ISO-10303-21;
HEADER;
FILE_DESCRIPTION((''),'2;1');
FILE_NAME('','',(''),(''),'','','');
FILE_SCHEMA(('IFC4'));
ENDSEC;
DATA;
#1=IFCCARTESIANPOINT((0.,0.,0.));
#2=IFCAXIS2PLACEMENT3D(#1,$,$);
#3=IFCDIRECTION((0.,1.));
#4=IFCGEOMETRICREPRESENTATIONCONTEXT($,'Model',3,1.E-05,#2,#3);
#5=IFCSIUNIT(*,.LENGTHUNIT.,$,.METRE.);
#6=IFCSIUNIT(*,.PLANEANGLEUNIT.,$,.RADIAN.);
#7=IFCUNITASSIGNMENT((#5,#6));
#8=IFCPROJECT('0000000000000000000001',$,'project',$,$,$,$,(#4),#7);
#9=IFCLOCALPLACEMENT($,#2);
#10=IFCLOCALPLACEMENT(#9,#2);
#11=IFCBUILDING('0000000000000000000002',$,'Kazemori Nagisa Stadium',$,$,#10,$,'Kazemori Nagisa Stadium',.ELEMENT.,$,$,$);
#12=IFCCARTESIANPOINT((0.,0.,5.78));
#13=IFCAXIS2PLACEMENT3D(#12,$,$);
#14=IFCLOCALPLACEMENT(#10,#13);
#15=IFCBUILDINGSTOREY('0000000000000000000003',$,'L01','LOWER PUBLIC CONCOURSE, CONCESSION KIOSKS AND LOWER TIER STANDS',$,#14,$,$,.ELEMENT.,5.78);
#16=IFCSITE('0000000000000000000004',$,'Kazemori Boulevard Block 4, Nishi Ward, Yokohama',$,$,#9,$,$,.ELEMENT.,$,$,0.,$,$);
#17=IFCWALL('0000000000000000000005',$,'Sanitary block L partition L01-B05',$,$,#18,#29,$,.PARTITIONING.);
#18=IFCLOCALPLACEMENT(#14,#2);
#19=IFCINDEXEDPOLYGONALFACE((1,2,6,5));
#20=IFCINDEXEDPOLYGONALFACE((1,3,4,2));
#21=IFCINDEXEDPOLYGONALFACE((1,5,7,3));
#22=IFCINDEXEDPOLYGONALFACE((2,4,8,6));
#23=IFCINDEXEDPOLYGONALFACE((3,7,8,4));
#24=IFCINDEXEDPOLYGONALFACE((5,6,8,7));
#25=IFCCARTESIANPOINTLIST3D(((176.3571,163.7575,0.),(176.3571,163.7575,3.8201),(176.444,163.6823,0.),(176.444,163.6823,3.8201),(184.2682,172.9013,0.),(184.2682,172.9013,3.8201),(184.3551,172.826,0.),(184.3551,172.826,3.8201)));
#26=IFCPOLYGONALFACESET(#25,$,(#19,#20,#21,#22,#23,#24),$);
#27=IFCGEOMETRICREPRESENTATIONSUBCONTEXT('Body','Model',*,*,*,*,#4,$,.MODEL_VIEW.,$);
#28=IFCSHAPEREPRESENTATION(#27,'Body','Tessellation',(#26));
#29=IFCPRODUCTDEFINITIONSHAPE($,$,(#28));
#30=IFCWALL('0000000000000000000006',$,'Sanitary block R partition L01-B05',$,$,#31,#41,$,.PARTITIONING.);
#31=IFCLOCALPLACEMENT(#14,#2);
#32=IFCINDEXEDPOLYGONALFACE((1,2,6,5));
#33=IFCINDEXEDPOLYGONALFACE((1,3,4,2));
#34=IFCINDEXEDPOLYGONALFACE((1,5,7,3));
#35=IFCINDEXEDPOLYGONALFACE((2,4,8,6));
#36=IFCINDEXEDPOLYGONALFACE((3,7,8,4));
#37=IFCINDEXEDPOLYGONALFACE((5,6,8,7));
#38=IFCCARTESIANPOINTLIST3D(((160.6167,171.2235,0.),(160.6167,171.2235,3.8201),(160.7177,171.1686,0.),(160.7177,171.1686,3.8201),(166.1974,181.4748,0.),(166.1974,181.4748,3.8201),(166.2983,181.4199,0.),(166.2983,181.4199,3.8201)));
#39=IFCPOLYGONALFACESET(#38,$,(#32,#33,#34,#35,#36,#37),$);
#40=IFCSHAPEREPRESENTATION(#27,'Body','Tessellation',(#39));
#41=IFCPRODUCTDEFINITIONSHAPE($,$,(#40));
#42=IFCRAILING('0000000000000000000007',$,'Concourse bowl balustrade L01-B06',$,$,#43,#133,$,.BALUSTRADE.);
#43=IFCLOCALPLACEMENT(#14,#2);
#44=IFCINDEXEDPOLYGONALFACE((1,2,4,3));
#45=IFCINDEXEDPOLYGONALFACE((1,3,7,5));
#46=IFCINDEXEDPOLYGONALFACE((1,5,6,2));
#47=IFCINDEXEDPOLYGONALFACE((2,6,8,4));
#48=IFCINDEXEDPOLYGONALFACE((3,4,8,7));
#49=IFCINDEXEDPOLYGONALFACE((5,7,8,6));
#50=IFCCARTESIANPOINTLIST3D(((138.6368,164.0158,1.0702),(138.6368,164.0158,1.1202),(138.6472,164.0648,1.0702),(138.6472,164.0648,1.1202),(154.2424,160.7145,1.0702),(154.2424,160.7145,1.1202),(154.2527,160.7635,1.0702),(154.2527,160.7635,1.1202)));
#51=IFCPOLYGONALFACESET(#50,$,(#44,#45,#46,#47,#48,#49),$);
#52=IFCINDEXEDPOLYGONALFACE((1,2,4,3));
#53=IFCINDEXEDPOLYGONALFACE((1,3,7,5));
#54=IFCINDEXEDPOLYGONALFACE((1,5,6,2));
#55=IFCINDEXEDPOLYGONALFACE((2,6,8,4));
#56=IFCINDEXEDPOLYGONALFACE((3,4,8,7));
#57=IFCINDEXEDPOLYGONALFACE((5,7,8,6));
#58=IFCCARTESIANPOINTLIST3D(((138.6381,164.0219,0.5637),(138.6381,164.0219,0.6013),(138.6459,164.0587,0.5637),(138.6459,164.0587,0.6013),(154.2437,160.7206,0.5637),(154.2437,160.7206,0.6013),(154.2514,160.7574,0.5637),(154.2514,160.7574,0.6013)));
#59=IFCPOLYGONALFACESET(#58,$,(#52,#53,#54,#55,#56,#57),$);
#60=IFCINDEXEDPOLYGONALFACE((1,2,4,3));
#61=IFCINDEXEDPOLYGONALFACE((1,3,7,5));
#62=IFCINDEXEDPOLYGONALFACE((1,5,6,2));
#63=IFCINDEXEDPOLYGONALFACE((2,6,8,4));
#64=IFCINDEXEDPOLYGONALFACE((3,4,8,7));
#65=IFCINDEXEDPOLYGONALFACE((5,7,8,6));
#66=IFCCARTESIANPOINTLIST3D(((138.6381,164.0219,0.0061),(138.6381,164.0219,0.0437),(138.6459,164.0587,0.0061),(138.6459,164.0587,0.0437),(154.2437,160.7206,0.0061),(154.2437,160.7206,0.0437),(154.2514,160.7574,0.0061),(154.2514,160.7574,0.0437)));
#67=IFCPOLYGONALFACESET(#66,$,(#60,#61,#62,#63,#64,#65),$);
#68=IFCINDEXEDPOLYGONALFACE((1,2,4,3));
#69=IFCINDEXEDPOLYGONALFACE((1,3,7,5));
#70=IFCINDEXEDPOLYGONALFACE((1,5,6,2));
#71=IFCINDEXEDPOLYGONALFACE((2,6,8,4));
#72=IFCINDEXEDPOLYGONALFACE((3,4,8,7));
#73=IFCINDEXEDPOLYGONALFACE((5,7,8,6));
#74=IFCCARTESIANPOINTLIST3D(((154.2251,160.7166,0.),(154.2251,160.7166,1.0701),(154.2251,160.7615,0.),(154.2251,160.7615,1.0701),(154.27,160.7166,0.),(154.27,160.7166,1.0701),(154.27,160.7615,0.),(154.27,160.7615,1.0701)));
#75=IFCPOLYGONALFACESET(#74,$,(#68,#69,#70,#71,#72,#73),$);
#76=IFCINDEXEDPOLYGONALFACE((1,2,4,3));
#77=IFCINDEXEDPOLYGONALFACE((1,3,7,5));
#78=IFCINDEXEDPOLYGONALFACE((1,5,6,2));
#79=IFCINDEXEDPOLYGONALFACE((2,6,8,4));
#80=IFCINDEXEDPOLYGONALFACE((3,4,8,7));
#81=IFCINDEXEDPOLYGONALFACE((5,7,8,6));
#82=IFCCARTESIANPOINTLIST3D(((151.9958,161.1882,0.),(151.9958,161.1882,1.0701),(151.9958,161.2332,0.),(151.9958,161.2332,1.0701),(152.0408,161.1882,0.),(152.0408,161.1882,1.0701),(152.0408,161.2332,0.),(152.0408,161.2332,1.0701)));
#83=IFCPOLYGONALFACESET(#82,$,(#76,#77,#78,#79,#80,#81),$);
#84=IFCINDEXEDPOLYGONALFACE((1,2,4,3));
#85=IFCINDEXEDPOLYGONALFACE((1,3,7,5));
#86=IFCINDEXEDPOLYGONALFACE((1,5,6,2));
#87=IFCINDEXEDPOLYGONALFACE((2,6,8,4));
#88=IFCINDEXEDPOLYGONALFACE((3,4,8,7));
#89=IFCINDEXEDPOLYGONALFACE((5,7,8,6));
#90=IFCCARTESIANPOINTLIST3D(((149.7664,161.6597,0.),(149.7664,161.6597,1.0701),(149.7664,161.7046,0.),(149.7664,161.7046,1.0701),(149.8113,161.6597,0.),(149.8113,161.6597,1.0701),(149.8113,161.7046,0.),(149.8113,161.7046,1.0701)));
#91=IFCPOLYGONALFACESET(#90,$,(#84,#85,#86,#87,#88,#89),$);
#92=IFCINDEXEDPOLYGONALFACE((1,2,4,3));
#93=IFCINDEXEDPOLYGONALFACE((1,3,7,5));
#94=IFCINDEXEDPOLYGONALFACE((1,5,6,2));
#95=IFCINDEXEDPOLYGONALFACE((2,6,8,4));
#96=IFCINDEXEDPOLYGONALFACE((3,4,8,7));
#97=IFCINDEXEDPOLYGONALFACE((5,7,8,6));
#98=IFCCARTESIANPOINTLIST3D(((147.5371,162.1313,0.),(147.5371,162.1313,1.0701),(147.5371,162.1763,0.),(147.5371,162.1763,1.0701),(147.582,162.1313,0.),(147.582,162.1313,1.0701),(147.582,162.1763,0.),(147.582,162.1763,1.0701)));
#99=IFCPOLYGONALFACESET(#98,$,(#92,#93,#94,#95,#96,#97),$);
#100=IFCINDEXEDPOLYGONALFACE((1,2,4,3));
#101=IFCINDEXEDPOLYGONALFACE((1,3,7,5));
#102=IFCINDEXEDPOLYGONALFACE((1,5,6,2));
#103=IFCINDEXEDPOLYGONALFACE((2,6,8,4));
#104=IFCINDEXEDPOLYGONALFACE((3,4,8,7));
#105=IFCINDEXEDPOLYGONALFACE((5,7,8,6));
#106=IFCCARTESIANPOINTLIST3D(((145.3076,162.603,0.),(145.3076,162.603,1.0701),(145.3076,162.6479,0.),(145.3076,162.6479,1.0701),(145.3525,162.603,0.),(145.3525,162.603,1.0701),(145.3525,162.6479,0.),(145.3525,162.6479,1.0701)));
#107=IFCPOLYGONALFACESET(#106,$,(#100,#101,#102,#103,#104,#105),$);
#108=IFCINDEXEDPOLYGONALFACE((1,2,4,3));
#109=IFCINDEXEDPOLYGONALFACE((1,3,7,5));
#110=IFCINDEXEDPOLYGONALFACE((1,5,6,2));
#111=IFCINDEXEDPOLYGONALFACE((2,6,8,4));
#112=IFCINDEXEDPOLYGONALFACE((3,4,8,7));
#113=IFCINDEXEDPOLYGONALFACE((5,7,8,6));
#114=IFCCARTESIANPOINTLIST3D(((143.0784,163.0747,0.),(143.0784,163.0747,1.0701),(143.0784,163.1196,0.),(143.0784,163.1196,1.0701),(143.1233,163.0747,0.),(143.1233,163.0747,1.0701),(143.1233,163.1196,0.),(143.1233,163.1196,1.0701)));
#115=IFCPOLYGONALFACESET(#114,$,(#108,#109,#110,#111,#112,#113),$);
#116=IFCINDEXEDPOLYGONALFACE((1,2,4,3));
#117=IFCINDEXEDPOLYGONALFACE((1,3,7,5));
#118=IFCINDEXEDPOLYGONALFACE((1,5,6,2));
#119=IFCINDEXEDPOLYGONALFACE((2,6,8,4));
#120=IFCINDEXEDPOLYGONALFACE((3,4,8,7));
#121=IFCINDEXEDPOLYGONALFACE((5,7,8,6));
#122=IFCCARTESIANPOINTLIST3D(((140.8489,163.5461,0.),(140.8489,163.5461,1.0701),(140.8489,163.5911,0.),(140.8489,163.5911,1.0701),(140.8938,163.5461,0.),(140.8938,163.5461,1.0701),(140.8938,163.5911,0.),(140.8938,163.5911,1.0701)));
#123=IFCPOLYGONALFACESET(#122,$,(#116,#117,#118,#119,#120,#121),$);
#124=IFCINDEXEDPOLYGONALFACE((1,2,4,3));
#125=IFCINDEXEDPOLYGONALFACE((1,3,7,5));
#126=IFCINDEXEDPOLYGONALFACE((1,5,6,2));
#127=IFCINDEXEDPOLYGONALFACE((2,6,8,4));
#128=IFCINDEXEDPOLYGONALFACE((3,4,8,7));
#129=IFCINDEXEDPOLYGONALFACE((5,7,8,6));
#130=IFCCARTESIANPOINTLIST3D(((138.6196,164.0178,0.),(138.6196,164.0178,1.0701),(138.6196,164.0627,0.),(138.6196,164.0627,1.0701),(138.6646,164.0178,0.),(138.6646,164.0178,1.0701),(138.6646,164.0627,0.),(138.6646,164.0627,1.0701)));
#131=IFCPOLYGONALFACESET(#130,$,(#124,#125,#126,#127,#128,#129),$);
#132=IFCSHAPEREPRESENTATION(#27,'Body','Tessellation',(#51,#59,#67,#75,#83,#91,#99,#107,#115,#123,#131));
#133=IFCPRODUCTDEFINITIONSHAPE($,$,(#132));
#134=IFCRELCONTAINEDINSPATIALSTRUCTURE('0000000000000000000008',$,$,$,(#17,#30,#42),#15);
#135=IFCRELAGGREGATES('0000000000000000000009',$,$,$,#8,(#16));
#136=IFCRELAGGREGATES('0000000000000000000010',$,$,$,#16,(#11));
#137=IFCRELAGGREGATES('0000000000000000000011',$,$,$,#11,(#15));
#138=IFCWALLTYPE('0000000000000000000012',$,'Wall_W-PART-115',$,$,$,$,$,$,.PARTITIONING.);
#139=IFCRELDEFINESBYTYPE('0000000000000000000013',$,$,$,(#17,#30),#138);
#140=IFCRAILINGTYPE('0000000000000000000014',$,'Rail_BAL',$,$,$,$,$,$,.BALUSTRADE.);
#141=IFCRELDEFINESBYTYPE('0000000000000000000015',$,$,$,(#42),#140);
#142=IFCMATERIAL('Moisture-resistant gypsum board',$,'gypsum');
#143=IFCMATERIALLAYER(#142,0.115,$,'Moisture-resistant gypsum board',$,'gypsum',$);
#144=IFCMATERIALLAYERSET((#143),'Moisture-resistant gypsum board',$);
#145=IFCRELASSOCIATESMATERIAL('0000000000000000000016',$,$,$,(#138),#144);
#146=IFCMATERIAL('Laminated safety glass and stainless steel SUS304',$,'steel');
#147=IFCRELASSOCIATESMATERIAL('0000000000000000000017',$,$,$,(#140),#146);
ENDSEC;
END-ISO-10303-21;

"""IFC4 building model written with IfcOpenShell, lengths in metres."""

from ifc_helpers import new_model, si_unit, direction, frame, frame_2d, origin, origin_2d, place, context, subcontext, project, spatial, rectangle, extrude, material, layer, layer_set, type_object, element, save


model = new_model("IFC4")

# Units and contexts
model_context = context("Model", 3, precision=1e-05, world=origin(), true_north=direction((0.0, 1.0)))
body_context = subcontext(model_context, "Body", "Model", "MODEL_VIEW")
ifc_project = project(units=[si_unit("LENGTHUNIT", "METRE"), si_unit("PLANEANGLEUNIT", "RADIAN")], contexts=[model_context])

# Site, building, storey
site_placement = place(None, origin())
site = spatial("IfcSite", under=ifc_project, at=site_placement, Name="Kazemori Boulevard Block 4, Nishi Ward, Yokohama", CompositionType="ELEMENT", RefElevation=0.0)
building_placement = place(site_placement, origin())
building = spatial("IfcBuilding", under=site, at=building_placement, Name="Kazemori Nagisa Stadium", LongName="Kazemori Nagisa Stadium", CompositionType="ELEMENT")
storey_placement = place(building_placement, frame((0.0, 0.0, 5.78)))
storey = spatial("IfcBuildingStorey", under=building, at=storey_placement, Name="L01", Description="LOWER PUBLIC CONCOURSE, CONCESSION KIOSKS AND LOWER TIER STANDS", CompositionType="ELEMENT", Elevation=5.78)

# Shared definitions
ifc_material_1 = material(Name="Moisture-resistant gypsum board", Category="gypsum")
ifc_layer_1 = layer(ifc_material_1, 0.115, Name="Moisture-resistant gypsum board", Category="gypsum")
ifc_layer_set_1 = layer_set([ifc_layer_1], Name="Moisture-resistant gypsum board")
wall_type_1 = type_object("IfcWallType", Name="Wall_W-PART-115", PredefinedType="PARTITIONING", material=ifc_layer_set_1)

# Walls
wall_1_placement = place(storey_placement, frame((176.4006, 163.72, 0.0), z_axis=(0.0, 0.0, 1.0), x_axis=(0.654293, 0.756241, 0.0)))
element("IfcWall", 1, at=wall_1_placement, inside=storey, type_object=wall_type_1, Name="Sanitary block L partition L01-B05", PredefinedType="PARTITIONING", context=body_context, shape_type="SweptSolid", body=[
    extrude(rectangle(XDim=12.0911, YDim=0.115, at=frame_2d((6.0454, 0.0))), origin(), (0.0, 0.0, 1.0), 3.8201),
])
wall_2_placement = place(storey_placement, frame((160.6672, 171.196, 0.0), z_axis=(0.0, 0.0, 1.0), x_axis=(0.478125, 0.878292, 0.0)))
element("IfcWall", 2, at=wall_2_placement, inside=storey, type_object=wall_type_1, Name="Sanitary block R partition L01-B05", PredefinedType="PARTITIONING", context=body_context, shape_type="SweptSolid", body=[
    extrude(rectangle(XDim=11.6719, YDim=0.115, at=frame_2d((5.8359, 0.0))), origin(), (0.0, 0.0, 1.0), 3.8201),
])

# Railing
ifc_material_2 = material(Name="Laminated safety glass and stainless steel SUS304", Category="steel")
railing_type = type_object("IfcRailingType", Name="Rail_BAL", PredefinedType="BALUSTRADE", material=ifc_material_2)
railing_placement = place(storey_placement, frame((154.2476, 160.739, 0.0)))
element("IfcRailing", 3, at=railing_placement, inside=storey, type_object=railing_type, Name="Concourse bowl balustrade L01-B06", PredefinedType="BALUSTRADE", context=body_context, shape_type="SweptSolid", body=[
    extrude(rectangle(XDim=0.05, YDim=0.05, at=origin_2d()), frame((0.0, 0.0, 1.0952), z_axis=(-0.978348, 0.206965, 0.0), x_axis=(-0.206965, -0.978348, 0.0)), (0.0, 0.0, 1.0), 15.9509),
    extrude(rectangle(XDim=0.0376, YDim=0.0376, at=origin_2d()), frame((0.0, 0.0, 0.5825), z_axis=(-0.978348, 0.206965, 0.0), x_axis=(-0.206965, -0.978348, 0.0)), (0.0, 0.0, 1.0), 15.9509),
    extrude(rectangle(XDim=0.0376, YDim=0.0376, at=origin_2d()), frame((0.0, 0.0, 0.0249), z_axis=(-0.978348, 0.206965, 0.0), x_axis=(-0.206965, -0.978348, 0.0)), (0.0, 0.0, 1.0), 15.9509),
    extrude(rectangle(XDim=0.0449, YDim=0.0449, at=origin_2d()), origin(), (0.0, 0.0, 1.0), 1.0701),
    extrude(rectangle(XDim=0.0449, YDim=0.0449, at=origin_2d()), frame((-2.2292, 0.4717, 0.0)), (0.0, 0.0, 1.0), 1.0701),
    extrude(rectangle(XDim=0.0449, YDim=0.0449, at=origin_2d()), frame((-4.4587, 0.9431, 0.0)), (0.0, 0.0, 1.0), 1.0701),
    extrude(rectangle(XDim=0.0449, YDim=0.0449, at=origin_2d()), frame((-6.688, 1.4148, 0.0)), (0.0, 0.0, 1.0), 1.0701),
    extrude(rectangle(XDim=0.0449, YDim=0.0449, at=origin_2d()), frame((-8.9175, 1.8865, 0.0)), (0.0, 0.0, 1.0), 1.0701),
    extrude(rectangle(XDim=0.0449, YDim=0.0449, at=origin_2d()), frame((-11.1467, 2.3582, 0.0)), (0.0, 0.0, 1.0), 1.0701),
    extrude(rectangle(XDim=0.0449, YDim=0.0449, at=origin_2d()), frame((-13.3762, 2.8296, 0.0)), (0.0, 0.0, 1.0), 1.0701),
    extrude(rectangle(XDim=0.0449, YDim=0.0449, at=origin_2d()), frame((-15.6055, 3.3013, 0.0)), (0.0, 0.0, 1.0), 1.0701),
])

save(model, "model.ifc")
